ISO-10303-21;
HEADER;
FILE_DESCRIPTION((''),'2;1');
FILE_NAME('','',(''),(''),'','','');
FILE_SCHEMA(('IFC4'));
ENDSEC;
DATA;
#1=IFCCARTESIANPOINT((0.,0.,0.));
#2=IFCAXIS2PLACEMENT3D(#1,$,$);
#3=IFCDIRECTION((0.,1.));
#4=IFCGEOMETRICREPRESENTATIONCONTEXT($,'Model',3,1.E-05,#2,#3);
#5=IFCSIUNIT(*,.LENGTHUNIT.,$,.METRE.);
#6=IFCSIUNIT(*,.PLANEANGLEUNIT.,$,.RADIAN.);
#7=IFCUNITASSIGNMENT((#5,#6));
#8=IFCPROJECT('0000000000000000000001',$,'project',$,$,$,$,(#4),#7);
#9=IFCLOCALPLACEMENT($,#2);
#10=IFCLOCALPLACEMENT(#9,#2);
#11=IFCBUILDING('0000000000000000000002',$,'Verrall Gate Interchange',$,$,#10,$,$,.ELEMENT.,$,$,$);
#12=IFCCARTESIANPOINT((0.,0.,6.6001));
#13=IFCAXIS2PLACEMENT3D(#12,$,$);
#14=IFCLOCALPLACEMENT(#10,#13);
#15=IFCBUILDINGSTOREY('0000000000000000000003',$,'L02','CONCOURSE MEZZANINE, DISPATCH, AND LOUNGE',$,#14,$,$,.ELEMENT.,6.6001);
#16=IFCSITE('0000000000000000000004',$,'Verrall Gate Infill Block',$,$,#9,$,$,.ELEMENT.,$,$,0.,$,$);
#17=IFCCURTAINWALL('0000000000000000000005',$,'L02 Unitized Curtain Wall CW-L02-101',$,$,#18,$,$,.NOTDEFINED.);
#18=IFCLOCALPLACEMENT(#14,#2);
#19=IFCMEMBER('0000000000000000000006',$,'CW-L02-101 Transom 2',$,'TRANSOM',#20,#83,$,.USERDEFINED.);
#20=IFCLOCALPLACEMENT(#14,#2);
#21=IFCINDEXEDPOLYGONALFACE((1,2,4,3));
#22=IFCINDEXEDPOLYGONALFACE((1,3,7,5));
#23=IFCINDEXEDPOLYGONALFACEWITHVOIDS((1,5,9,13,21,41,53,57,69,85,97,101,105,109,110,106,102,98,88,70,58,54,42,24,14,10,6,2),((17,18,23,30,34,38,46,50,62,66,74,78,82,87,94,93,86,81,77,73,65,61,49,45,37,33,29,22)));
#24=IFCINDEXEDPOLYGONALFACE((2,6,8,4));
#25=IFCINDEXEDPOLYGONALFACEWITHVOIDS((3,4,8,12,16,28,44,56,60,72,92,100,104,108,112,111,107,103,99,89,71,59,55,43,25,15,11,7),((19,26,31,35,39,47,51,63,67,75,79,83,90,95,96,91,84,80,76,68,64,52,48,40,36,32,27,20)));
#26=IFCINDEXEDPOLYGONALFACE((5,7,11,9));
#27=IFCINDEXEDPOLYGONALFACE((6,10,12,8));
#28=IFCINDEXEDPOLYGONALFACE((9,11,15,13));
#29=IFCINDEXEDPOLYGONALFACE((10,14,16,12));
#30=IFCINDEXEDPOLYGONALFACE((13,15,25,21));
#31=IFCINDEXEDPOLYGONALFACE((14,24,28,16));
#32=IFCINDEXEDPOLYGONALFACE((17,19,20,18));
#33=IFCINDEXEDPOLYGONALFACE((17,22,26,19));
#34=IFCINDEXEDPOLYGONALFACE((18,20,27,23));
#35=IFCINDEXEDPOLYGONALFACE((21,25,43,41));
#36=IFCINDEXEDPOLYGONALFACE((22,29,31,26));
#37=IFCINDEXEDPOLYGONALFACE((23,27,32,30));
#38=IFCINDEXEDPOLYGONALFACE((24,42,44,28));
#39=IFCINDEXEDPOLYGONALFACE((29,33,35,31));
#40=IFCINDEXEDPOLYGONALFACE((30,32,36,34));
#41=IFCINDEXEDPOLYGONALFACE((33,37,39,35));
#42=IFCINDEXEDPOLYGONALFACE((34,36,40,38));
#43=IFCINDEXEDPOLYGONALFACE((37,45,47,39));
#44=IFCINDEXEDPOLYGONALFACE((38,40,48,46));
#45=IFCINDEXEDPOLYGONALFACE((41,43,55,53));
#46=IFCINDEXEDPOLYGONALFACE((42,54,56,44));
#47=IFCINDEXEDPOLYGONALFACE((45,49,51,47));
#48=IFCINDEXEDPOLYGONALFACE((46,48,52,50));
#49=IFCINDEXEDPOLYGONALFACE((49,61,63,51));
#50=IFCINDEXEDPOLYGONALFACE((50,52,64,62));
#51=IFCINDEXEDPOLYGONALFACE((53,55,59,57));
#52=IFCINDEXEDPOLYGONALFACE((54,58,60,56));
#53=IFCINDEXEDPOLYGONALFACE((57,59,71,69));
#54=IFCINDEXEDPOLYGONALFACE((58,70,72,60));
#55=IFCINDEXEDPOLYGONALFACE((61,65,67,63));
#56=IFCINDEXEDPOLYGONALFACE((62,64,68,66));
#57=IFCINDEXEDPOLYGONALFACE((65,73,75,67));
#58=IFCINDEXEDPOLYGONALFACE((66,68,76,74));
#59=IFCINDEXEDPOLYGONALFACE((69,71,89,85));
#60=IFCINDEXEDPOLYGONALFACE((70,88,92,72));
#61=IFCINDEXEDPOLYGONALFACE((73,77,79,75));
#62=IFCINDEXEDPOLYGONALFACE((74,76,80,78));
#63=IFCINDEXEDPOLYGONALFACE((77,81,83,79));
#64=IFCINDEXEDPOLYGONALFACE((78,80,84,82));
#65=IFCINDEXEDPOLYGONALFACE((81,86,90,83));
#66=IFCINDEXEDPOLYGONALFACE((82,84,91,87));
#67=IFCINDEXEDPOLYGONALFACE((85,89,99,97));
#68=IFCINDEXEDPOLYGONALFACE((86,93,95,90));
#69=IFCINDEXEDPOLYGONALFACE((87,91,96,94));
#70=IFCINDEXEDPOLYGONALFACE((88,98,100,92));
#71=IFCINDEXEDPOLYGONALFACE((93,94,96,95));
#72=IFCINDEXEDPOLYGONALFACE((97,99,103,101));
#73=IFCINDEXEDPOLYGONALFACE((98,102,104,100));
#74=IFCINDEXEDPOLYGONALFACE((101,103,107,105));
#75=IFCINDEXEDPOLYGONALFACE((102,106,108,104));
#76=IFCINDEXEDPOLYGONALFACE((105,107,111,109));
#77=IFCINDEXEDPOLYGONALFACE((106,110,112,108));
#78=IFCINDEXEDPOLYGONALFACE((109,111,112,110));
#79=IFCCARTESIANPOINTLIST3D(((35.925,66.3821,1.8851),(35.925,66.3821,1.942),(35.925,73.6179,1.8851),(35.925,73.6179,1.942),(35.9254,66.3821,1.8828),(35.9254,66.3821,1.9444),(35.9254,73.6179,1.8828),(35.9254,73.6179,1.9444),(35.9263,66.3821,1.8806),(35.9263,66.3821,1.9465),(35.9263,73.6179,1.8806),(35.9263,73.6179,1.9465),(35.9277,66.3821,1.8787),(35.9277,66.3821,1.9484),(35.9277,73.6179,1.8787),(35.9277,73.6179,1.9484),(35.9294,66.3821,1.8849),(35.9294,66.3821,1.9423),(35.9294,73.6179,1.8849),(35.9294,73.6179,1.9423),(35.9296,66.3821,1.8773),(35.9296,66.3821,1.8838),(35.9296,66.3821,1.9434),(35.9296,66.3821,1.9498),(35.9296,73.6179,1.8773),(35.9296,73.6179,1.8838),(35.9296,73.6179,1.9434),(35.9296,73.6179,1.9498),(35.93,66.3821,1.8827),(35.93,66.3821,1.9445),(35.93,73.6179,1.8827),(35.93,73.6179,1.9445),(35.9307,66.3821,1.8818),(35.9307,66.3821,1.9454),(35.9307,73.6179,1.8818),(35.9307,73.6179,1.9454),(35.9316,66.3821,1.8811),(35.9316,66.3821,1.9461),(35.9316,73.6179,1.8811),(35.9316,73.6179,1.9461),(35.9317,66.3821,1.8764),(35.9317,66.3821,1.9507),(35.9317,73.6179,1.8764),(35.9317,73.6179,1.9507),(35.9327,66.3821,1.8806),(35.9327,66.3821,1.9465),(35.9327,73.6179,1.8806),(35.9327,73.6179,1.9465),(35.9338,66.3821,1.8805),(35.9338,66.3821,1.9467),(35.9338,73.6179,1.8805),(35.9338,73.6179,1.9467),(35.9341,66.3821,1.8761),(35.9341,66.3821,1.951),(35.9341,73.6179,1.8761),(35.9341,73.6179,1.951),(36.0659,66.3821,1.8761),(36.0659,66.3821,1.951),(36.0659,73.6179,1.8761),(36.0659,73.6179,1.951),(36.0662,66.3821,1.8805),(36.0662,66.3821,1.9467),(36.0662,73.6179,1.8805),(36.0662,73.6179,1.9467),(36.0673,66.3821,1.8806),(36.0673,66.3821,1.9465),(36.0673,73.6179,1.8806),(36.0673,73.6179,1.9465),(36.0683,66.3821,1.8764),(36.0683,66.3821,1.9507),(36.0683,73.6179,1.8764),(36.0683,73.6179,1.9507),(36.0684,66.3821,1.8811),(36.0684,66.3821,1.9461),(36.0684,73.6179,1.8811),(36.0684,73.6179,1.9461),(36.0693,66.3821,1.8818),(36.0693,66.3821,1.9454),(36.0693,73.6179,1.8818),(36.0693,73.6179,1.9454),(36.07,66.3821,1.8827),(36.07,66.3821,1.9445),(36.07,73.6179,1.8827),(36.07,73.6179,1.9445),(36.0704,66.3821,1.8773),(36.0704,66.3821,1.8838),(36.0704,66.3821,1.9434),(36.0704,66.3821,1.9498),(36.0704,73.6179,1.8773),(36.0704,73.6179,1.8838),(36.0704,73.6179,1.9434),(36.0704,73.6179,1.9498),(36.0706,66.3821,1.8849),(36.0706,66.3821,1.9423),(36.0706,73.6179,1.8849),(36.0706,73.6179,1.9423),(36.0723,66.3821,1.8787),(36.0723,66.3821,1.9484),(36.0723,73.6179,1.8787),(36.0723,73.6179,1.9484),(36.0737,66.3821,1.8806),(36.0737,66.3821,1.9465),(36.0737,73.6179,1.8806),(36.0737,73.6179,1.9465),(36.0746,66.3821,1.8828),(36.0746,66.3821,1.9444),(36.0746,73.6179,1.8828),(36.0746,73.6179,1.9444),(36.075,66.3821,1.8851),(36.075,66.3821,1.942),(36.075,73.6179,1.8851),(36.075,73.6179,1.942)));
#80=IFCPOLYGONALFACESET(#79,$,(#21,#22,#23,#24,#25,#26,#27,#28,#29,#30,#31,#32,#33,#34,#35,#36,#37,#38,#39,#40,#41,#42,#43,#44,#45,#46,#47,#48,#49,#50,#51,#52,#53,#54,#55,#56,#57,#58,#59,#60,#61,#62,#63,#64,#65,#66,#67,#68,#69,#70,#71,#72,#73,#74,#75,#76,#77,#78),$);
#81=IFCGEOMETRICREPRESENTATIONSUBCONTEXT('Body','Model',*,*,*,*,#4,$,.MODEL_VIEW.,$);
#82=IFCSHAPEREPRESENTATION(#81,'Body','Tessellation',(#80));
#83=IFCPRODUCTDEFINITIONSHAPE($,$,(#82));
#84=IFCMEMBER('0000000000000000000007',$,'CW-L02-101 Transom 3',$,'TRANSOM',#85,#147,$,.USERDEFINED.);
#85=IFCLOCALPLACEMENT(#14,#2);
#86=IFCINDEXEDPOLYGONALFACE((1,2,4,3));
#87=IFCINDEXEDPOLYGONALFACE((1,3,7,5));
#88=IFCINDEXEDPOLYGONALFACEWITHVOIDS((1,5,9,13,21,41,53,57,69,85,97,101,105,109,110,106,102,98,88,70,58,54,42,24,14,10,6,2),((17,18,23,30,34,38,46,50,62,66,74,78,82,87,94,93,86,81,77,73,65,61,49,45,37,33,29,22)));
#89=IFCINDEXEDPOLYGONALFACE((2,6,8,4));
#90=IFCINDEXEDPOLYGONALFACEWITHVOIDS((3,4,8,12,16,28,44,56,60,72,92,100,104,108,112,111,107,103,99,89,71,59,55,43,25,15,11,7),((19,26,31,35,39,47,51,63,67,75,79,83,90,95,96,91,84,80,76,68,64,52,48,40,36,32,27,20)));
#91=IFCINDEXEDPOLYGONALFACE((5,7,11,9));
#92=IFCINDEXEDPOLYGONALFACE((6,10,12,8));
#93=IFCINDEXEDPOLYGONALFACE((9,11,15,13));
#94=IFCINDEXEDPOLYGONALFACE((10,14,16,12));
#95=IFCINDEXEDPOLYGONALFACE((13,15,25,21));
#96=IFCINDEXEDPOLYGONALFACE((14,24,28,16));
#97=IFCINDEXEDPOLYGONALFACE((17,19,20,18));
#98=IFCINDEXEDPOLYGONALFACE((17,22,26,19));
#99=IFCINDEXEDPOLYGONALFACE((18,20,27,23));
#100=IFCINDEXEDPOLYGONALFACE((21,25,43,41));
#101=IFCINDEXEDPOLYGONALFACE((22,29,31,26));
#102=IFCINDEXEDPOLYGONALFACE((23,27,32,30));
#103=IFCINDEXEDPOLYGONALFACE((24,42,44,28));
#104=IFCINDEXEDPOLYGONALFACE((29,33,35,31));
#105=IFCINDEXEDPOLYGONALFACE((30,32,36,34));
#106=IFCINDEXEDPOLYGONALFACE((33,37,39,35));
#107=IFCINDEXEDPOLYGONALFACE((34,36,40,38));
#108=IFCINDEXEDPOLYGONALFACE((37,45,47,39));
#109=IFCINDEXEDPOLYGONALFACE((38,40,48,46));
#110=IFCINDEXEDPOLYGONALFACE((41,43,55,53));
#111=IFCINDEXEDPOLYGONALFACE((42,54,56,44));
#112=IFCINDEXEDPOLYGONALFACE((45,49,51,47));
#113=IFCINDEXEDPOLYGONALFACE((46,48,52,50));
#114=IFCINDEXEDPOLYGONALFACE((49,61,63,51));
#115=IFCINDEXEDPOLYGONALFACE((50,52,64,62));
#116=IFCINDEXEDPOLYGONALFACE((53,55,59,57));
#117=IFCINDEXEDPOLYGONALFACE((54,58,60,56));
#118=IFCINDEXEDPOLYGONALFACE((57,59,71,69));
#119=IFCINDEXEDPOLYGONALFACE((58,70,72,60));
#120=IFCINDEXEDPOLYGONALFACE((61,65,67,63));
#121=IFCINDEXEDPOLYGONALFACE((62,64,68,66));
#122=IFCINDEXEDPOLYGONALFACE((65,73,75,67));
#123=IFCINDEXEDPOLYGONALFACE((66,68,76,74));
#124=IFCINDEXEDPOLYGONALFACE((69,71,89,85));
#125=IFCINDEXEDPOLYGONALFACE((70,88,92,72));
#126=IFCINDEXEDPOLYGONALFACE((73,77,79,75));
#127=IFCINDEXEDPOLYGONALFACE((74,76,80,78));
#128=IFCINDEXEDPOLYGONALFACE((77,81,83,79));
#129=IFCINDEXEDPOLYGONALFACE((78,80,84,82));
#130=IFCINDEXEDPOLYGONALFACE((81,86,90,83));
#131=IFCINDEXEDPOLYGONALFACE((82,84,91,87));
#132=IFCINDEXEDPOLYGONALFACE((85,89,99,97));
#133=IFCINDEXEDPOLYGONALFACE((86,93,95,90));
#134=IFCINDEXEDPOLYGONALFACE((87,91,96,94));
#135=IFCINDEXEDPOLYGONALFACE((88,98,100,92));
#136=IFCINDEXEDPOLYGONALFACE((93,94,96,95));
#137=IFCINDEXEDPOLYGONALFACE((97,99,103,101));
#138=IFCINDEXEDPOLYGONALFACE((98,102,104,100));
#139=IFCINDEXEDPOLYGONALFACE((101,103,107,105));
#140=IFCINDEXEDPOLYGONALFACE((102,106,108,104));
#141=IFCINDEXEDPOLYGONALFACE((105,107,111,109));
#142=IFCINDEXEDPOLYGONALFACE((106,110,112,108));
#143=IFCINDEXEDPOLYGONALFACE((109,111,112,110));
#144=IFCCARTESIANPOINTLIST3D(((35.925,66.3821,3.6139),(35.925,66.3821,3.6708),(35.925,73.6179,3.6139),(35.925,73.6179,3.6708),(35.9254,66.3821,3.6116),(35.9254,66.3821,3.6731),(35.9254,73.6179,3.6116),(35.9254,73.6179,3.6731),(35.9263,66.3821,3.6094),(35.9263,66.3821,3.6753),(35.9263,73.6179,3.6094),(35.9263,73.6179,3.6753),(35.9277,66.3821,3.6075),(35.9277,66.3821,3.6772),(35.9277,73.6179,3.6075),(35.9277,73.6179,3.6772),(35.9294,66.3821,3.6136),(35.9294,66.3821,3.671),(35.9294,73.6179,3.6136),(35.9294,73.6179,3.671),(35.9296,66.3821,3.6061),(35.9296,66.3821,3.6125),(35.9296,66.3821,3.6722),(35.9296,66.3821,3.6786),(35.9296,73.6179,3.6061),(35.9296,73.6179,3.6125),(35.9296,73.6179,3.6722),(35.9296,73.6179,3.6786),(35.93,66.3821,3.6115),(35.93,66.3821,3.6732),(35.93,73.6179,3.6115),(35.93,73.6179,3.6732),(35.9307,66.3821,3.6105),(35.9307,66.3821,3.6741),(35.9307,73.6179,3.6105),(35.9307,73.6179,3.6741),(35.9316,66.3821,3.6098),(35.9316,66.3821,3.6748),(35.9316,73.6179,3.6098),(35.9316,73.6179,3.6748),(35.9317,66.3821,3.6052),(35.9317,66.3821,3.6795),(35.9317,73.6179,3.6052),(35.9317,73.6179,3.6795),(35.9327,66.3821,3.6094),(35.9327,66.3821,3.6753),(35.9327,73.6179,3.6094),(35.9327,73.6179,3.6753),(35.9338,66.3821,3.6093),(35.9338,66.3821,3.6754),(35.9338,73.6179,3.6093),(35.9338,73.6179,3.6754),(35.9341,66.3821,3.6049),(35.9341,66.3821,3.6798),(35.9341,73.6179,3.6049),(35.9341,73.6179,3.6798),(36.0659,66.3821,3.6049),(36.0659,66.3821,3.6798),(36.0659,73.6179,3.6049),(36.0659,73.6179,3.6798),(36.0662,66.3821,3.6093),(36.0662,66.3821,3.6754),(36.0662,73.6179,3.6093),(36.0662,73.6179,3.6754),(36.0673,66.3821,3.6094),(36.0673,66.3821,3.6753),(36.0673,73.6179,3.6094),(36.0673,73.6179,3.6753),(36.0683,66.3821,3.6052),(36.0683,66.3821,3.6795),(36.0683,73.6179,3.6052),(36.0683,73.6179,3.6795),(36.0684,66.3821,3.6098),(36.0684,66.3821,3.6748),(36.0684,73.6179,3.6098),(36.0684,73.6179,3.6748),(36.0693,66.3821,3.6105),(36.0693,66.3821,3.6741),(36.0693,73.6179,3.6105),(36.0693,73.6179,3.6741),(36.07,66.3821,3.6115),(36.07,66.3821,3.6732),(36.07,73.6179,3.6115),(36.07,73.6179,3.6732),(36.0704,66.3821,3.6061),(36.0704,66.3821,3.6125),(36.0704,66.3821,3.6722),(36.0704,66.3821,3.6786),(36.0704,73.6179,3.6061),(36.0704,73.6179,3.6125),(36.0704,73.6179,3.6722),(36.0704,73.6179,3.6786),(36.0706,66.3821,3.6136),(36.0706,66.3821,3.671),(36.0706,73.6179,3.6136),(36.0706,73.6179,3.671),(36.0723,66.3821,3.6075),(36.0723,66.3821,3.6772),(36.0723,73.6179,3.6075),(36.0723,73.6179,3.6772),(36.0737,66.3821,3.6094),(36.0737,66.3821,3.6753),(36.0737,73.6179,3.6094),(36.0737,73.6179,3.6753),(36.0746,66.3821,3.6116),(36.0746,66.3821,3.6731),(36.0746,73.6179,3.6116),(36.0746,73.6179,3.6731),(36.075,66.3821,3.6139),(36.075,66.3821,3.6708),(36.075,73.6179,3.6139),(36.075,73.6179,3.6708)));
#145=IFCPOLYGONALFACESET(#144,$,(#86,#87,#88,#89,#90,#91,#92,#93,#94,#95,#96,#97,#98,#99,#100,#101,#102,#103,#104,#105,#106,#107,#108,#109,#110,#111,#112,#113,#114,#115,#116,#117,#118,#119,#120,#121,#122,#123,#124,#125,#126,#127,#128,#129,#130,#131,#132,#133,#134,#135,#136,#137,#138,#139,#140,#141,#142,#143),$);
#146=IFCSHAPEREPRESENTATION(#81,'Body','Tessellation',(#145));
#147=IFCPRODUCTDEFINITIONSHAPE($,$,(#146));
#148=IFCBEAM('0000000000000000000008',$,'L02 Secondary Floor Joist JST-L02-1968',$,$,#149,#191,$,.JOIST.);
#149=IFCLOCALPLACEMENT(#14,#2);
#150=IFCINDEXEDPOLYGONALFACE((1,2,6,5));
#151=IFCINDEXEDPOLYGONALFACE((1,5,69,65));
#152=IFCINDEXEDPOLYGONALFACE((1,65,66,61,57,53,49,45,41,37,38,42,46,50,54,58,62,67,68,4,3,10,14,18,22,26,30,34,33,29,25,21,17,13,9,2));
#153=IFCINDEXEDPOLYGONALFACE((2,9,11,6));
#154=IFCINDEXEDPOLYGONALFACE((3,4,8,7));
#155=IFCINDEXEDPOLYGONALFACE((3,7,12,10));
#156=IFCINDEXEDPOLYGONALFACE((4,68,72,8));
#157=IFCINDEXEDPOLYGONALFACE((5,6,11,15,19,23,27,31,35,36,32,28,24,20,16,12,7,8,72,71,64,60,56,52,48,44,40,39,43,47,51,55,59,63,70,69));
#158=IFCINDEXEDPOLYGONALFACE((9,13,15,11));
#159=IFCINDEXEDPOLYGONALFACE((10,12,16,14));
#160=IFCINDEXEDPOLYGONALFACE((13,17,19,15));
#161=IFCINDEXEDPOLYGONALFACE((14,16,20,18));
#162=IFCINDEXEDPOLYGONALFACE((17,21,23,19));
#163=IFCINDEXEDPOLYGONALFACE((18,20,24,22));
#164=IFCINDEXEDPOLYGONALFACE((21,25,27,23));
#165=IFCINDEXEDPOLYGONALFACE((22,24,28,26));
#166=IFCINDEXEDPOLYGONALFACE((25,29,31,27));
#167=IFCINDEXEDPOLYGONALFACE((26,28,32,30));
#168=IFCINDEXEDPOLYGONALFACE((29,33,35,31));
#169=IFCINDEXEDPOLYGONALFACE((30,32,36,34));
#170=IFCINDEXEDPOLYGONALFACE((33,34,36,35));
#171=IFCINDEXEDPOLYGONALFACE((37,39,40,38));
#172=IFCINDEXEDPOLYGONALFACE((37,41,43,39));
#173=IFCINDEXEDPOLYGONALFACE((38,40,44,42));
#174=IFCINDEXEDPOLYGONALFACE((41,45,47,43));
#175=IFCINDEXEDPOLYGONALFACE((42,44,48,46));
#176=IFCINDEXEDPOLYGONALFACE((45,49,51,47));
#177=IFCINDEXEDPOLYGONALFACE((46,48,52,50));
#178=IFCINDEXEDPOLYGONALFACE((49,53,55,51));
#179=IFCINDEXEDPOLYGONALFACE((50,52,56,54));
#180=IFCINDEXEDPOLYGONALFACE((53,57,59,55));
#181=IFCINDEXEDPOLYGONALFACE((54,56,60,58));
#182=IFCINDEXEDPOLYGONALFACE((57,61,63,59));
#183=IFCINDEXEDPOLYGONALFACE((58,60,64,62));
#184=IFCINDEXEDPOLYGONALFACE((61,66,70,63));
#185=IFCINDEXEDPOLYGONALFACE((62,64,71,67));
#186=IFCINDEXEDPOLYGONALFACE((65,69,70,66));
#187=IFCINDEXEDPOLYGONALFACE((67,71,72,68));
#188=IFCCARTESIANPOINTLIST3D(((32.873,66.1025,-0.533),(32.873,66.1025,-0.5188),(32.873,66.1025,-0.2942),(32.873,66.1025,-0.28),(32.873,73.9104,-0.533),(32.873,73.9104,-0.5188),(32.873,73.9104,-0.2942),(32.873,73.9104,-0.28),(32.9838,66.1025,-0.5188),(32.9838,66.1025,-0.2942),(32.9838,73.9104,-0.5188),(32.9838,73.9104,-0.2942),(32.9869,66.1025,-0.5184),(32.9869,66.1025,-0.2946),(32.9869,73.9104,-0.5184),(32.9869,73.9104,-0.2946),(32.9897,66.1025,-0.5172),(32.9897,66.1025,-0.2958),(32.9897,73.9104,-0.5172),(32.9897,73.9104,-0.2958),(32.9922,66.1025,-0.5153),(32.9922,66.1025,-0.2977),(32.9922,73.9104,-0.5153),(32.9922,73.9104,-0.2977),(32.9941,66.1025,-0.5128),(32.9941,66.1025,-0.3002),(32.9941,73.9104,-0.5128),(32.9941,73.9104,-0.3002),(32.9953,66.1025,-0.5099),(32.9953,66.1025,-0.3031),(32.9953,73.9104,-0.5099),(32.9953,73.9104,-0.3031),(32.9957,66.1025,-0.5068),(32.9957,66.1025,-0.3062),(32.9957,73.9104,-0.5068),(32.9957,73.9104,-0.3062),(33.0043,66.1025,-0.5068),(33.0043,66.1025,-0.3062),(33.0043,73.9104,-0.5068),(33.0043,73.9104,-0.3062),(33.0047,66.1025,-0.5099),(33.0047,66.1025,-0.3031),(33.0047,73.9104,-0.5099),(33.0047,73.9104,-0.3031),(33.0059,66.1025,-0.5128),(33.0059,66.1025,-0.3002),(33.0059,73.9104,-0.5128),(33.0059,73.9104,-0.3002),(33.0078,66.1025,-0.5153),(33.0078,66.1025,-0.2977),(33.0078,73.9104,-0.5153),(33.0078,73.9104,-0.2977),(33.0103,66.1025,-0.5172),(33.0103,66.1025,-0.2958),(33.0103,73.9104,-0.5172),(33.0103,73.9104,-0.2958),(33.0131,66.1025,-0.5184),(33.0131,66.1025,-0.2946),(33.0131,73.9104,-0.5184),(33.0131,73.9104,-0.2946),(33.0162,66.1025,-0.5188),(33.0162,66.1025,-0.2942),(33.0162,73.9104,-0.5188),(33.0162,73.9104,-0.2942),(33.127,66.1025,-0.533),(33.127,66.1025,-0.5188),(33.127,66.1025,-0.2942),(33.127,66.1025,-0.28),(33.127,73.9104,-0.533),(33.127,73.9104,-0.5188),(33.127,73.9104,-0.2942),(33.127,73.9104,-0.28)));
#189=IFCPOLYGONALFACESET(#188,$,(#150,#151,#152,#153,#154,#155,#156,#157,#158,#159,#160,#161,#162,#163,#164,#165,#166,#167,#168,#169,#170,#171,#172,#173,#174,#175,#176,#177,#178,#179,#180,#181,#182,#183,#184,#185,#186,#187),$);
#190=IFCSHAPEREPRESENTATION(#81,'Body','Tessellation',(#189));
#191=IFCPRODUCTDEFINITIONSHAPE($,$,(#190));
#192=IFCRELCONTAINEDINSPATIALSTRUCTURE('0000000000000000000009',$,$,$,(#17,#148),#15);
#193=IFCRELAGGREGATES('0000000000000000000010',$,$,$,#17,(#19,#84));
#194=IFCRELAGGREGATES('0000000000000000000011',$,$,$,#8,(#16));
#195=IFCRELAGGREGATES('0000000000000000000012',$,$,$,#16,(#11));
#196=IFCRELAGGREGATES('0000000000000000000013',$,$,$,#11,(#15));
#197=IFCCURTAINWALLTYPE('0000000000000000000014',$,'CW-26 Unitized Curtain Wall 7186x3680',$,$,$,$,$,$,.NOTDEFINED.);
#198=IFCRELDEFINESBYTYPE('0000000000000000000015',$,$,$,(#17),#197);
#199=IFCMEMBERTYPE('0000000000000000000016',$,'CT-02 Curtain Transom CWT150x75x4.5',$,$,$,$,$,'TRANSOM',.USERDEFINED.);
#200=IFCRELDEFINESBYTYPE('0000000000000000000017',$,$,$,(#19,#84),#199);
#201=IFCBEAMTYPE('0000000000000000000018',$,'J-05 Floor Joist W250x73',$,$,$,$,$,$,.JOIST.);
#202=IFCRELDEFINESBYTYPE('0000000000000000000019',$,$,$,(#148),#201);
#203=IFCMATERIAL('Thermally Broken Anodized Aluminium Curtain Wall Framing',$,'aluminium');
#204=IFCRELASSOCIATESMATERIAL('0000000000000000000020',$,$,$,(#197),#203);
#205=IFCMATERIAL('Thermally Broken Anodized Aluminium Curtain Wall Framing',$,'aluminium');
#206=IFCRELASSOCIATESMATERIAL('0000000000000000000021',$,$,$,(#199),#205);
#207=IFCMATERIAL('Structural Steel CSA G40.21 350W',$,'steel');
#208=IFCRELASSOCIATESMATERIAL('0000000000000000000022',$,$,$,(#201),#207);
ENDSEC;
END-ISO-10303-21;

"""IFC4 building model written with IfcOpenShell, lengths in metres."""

from ifc_helpers import new_model, si_unit, direction, frame, origin, origin_2d, place, context, subcontext, project, spatial, hollow_rectangle, i_section, extrude, material, material_profile, profile_set, type_object, element, aggregate, save


model = new_model("IFC4")

# Units and contexts
model_context = context("Model", 3, precision=1e-05, world=origin(), true_north=direction((0.0, 1.0)))
body_context = subcontext(model_context, "Body", "Model", "MODEL_VIEW")
ifc_project = project(units=[si_unit("LENGTHUNIT", "METRE"), si_unit("PLANEANGLEUNIT", "RADIAN")], contexts=[model_context])

# Site, building, storey
site_placement = place(None, origin())
site = spatial("IfcSite", under=ifc_project, at=site_placement, Name="Verrall Gate Infill Block", CompositionType="ELEMENT", RefElevation=0.0)
building_placement = place(site_placement, origin())
building = spatial("IfcBuilding", under=site, at=building_placement, Name="Verrall Gate Interchange", CompositionType="ELEMENT")
storey_placement = place(building_placement, frame((0.0, 0.0, 6.6001)))
storey = spatial("IfcBuildingStorey", under=building, at=storey_placement, Name="L02", Description="CONCOURSE MEZZANINE, DISPATCH, AND LOUNGE", CompositionType="ELEMENT", Elevation=6.6001)

# Curtain wall, members
ifc_material_1 = material(Name="Thermally Broken Anodized Aluminium Curtain Wall Framing", Category="aluminium")
curtain_wall_type = type_object("IfcCurtainWallType", Name="CW-26 Unitized Curtain Wall 7186x3680", PredefinedType="NOTDEFINED", material=ifc_material_1)
curtain_wall_placement = place(storey_placement, origin())
curtain_wall = element("IfcCurtainWall", 1, at=curtain_wall_placement, inside=storey, type_object=curtain_wall_type, Name="L02 Unitized Curtain Wall CW-L02-101", PredefinedType="NOTDEFINED")
ifc_material_2 = material(Name="Thermally Broken Anodized Aluminium Curtain Wall Framing", Category="aluminium")
ifc_material_profile_1 = material_profile(ifc_material_2, hollow_rectangle(XDim=0.1499, YDim=0.075, WallThickness=0.0044, InnerFilletRadius=0.0044, OuterFilletRadius=0.009, at=origin_2d()), Name="CWT150x75x4.5")
ifc_profile_set_1 = profile_set([ifc_material_profile_1], Name="Thermally Broken Anodized Aluminium Curtain Wall Framing")
member_type_1 = type_object("IfcMemberType", Name="CT-02 Curtain Transom CWT150x75x4.5", ElementType="TRANSOM", PredefinedType="USERDEFINED", material=ifc_profile_set_1)
member_1_placement = place(storey_placement, frame((36.0, 66.3821, 1.9136), z_axis=(0.0, 1.0, 0.0), x_axis=(-1.0, 0.0, 0.0)))
member_1 = element("IfcMember", 2, at=member_1_placement, type_object=member_type_1, Name="CW-L02-101 Transom 2", ObjectType="TRANSOM", PredefinedType="USERDEFINED", context=body_context, shape_type="SweptSolid", body=[
    extrude(hollow_rectangle(XDim=0.1499, YDim=0.075, WallThickness=0.0044, InnerFilletRadius=0.0044, OuterFilletRadius=0.009, at=origin_2d()), origin(), (0.0, 0.0, 1.0), 7.2358),
])
member_2_placement = place(storey_placement, frame((36.0, 66.3821, 3.6423), z_axis=(0.0, 1.0, 0.0), x_axis=(-1.0, 0.0, 0.0)))
member_2 = element("IfcMember", 3, at=member_2_placement, type_object=member_type_1, Name="CW-L02-101 Transom 3", ObjectType="TRANSOM", PredefinedType="USERDEFINED", context=body_context, shape_type="SweptSolid", body=[
    extrude(hollow_rectangle(XDim=0.1499, YDim=0.075, WallThickness=0.0044, InnerFilletRadius=0.0044, OuterFilletRadius=0.009, at=origin_2d()), origin(), (0.0, 0.0, 1.0), 7.2358),
])

# Beam
ifc_material_3 = material(Name="Structural Steel CSA G40.21 350W", Category="steel")
ifc_material_profile_2 = material_profile(ifc_material_3, i_section(OverallWidth=0.2539, OverallDepth=0.2529, WebThickness=0.0085, FlangeThickness=0.0142, FilletRadius=0.012, at=origin_2d()), Name="W250x73")
ifc_profile_set_2 = profile_set([ifc_material_profile_2], Name="Structural Steel CSA G40.21 350W")
beam_type_1 = type_object("IfcBeamType", Name="J-05 Floor Joist W250x73", PredefinedType="JOIST", material=ifc_profile_set_2)
beam_1_placement = place(storey_placement, frame((33.0, 66.1025, -0.4065), z_axis=(0.0, 1.0, 0.0), x_axis=(-1.0, 0.0, 0.0)))
element("IfcBeam", 4, at=beam_1_placement, inside=storey, type_object=beam_type_1, Name="L02 Secondary Floor Joist JST-L02-1968", PredefinedType="JOIST", context=body_context, shape_type="SweptSolid", body=[
    extrude(i_section(OverallWidth=0.2539, OverallDepth=0.2529, WebThickness=0.0085, FlangeThickness=0.0142, FilletRadius=0.012, at=origin_2d()), origin(), (0.0, 0.0, 1.0), 7.8079),
])

aggregate(curtain_wall, [member_1, member_2])

save(model, "model.ifc")
